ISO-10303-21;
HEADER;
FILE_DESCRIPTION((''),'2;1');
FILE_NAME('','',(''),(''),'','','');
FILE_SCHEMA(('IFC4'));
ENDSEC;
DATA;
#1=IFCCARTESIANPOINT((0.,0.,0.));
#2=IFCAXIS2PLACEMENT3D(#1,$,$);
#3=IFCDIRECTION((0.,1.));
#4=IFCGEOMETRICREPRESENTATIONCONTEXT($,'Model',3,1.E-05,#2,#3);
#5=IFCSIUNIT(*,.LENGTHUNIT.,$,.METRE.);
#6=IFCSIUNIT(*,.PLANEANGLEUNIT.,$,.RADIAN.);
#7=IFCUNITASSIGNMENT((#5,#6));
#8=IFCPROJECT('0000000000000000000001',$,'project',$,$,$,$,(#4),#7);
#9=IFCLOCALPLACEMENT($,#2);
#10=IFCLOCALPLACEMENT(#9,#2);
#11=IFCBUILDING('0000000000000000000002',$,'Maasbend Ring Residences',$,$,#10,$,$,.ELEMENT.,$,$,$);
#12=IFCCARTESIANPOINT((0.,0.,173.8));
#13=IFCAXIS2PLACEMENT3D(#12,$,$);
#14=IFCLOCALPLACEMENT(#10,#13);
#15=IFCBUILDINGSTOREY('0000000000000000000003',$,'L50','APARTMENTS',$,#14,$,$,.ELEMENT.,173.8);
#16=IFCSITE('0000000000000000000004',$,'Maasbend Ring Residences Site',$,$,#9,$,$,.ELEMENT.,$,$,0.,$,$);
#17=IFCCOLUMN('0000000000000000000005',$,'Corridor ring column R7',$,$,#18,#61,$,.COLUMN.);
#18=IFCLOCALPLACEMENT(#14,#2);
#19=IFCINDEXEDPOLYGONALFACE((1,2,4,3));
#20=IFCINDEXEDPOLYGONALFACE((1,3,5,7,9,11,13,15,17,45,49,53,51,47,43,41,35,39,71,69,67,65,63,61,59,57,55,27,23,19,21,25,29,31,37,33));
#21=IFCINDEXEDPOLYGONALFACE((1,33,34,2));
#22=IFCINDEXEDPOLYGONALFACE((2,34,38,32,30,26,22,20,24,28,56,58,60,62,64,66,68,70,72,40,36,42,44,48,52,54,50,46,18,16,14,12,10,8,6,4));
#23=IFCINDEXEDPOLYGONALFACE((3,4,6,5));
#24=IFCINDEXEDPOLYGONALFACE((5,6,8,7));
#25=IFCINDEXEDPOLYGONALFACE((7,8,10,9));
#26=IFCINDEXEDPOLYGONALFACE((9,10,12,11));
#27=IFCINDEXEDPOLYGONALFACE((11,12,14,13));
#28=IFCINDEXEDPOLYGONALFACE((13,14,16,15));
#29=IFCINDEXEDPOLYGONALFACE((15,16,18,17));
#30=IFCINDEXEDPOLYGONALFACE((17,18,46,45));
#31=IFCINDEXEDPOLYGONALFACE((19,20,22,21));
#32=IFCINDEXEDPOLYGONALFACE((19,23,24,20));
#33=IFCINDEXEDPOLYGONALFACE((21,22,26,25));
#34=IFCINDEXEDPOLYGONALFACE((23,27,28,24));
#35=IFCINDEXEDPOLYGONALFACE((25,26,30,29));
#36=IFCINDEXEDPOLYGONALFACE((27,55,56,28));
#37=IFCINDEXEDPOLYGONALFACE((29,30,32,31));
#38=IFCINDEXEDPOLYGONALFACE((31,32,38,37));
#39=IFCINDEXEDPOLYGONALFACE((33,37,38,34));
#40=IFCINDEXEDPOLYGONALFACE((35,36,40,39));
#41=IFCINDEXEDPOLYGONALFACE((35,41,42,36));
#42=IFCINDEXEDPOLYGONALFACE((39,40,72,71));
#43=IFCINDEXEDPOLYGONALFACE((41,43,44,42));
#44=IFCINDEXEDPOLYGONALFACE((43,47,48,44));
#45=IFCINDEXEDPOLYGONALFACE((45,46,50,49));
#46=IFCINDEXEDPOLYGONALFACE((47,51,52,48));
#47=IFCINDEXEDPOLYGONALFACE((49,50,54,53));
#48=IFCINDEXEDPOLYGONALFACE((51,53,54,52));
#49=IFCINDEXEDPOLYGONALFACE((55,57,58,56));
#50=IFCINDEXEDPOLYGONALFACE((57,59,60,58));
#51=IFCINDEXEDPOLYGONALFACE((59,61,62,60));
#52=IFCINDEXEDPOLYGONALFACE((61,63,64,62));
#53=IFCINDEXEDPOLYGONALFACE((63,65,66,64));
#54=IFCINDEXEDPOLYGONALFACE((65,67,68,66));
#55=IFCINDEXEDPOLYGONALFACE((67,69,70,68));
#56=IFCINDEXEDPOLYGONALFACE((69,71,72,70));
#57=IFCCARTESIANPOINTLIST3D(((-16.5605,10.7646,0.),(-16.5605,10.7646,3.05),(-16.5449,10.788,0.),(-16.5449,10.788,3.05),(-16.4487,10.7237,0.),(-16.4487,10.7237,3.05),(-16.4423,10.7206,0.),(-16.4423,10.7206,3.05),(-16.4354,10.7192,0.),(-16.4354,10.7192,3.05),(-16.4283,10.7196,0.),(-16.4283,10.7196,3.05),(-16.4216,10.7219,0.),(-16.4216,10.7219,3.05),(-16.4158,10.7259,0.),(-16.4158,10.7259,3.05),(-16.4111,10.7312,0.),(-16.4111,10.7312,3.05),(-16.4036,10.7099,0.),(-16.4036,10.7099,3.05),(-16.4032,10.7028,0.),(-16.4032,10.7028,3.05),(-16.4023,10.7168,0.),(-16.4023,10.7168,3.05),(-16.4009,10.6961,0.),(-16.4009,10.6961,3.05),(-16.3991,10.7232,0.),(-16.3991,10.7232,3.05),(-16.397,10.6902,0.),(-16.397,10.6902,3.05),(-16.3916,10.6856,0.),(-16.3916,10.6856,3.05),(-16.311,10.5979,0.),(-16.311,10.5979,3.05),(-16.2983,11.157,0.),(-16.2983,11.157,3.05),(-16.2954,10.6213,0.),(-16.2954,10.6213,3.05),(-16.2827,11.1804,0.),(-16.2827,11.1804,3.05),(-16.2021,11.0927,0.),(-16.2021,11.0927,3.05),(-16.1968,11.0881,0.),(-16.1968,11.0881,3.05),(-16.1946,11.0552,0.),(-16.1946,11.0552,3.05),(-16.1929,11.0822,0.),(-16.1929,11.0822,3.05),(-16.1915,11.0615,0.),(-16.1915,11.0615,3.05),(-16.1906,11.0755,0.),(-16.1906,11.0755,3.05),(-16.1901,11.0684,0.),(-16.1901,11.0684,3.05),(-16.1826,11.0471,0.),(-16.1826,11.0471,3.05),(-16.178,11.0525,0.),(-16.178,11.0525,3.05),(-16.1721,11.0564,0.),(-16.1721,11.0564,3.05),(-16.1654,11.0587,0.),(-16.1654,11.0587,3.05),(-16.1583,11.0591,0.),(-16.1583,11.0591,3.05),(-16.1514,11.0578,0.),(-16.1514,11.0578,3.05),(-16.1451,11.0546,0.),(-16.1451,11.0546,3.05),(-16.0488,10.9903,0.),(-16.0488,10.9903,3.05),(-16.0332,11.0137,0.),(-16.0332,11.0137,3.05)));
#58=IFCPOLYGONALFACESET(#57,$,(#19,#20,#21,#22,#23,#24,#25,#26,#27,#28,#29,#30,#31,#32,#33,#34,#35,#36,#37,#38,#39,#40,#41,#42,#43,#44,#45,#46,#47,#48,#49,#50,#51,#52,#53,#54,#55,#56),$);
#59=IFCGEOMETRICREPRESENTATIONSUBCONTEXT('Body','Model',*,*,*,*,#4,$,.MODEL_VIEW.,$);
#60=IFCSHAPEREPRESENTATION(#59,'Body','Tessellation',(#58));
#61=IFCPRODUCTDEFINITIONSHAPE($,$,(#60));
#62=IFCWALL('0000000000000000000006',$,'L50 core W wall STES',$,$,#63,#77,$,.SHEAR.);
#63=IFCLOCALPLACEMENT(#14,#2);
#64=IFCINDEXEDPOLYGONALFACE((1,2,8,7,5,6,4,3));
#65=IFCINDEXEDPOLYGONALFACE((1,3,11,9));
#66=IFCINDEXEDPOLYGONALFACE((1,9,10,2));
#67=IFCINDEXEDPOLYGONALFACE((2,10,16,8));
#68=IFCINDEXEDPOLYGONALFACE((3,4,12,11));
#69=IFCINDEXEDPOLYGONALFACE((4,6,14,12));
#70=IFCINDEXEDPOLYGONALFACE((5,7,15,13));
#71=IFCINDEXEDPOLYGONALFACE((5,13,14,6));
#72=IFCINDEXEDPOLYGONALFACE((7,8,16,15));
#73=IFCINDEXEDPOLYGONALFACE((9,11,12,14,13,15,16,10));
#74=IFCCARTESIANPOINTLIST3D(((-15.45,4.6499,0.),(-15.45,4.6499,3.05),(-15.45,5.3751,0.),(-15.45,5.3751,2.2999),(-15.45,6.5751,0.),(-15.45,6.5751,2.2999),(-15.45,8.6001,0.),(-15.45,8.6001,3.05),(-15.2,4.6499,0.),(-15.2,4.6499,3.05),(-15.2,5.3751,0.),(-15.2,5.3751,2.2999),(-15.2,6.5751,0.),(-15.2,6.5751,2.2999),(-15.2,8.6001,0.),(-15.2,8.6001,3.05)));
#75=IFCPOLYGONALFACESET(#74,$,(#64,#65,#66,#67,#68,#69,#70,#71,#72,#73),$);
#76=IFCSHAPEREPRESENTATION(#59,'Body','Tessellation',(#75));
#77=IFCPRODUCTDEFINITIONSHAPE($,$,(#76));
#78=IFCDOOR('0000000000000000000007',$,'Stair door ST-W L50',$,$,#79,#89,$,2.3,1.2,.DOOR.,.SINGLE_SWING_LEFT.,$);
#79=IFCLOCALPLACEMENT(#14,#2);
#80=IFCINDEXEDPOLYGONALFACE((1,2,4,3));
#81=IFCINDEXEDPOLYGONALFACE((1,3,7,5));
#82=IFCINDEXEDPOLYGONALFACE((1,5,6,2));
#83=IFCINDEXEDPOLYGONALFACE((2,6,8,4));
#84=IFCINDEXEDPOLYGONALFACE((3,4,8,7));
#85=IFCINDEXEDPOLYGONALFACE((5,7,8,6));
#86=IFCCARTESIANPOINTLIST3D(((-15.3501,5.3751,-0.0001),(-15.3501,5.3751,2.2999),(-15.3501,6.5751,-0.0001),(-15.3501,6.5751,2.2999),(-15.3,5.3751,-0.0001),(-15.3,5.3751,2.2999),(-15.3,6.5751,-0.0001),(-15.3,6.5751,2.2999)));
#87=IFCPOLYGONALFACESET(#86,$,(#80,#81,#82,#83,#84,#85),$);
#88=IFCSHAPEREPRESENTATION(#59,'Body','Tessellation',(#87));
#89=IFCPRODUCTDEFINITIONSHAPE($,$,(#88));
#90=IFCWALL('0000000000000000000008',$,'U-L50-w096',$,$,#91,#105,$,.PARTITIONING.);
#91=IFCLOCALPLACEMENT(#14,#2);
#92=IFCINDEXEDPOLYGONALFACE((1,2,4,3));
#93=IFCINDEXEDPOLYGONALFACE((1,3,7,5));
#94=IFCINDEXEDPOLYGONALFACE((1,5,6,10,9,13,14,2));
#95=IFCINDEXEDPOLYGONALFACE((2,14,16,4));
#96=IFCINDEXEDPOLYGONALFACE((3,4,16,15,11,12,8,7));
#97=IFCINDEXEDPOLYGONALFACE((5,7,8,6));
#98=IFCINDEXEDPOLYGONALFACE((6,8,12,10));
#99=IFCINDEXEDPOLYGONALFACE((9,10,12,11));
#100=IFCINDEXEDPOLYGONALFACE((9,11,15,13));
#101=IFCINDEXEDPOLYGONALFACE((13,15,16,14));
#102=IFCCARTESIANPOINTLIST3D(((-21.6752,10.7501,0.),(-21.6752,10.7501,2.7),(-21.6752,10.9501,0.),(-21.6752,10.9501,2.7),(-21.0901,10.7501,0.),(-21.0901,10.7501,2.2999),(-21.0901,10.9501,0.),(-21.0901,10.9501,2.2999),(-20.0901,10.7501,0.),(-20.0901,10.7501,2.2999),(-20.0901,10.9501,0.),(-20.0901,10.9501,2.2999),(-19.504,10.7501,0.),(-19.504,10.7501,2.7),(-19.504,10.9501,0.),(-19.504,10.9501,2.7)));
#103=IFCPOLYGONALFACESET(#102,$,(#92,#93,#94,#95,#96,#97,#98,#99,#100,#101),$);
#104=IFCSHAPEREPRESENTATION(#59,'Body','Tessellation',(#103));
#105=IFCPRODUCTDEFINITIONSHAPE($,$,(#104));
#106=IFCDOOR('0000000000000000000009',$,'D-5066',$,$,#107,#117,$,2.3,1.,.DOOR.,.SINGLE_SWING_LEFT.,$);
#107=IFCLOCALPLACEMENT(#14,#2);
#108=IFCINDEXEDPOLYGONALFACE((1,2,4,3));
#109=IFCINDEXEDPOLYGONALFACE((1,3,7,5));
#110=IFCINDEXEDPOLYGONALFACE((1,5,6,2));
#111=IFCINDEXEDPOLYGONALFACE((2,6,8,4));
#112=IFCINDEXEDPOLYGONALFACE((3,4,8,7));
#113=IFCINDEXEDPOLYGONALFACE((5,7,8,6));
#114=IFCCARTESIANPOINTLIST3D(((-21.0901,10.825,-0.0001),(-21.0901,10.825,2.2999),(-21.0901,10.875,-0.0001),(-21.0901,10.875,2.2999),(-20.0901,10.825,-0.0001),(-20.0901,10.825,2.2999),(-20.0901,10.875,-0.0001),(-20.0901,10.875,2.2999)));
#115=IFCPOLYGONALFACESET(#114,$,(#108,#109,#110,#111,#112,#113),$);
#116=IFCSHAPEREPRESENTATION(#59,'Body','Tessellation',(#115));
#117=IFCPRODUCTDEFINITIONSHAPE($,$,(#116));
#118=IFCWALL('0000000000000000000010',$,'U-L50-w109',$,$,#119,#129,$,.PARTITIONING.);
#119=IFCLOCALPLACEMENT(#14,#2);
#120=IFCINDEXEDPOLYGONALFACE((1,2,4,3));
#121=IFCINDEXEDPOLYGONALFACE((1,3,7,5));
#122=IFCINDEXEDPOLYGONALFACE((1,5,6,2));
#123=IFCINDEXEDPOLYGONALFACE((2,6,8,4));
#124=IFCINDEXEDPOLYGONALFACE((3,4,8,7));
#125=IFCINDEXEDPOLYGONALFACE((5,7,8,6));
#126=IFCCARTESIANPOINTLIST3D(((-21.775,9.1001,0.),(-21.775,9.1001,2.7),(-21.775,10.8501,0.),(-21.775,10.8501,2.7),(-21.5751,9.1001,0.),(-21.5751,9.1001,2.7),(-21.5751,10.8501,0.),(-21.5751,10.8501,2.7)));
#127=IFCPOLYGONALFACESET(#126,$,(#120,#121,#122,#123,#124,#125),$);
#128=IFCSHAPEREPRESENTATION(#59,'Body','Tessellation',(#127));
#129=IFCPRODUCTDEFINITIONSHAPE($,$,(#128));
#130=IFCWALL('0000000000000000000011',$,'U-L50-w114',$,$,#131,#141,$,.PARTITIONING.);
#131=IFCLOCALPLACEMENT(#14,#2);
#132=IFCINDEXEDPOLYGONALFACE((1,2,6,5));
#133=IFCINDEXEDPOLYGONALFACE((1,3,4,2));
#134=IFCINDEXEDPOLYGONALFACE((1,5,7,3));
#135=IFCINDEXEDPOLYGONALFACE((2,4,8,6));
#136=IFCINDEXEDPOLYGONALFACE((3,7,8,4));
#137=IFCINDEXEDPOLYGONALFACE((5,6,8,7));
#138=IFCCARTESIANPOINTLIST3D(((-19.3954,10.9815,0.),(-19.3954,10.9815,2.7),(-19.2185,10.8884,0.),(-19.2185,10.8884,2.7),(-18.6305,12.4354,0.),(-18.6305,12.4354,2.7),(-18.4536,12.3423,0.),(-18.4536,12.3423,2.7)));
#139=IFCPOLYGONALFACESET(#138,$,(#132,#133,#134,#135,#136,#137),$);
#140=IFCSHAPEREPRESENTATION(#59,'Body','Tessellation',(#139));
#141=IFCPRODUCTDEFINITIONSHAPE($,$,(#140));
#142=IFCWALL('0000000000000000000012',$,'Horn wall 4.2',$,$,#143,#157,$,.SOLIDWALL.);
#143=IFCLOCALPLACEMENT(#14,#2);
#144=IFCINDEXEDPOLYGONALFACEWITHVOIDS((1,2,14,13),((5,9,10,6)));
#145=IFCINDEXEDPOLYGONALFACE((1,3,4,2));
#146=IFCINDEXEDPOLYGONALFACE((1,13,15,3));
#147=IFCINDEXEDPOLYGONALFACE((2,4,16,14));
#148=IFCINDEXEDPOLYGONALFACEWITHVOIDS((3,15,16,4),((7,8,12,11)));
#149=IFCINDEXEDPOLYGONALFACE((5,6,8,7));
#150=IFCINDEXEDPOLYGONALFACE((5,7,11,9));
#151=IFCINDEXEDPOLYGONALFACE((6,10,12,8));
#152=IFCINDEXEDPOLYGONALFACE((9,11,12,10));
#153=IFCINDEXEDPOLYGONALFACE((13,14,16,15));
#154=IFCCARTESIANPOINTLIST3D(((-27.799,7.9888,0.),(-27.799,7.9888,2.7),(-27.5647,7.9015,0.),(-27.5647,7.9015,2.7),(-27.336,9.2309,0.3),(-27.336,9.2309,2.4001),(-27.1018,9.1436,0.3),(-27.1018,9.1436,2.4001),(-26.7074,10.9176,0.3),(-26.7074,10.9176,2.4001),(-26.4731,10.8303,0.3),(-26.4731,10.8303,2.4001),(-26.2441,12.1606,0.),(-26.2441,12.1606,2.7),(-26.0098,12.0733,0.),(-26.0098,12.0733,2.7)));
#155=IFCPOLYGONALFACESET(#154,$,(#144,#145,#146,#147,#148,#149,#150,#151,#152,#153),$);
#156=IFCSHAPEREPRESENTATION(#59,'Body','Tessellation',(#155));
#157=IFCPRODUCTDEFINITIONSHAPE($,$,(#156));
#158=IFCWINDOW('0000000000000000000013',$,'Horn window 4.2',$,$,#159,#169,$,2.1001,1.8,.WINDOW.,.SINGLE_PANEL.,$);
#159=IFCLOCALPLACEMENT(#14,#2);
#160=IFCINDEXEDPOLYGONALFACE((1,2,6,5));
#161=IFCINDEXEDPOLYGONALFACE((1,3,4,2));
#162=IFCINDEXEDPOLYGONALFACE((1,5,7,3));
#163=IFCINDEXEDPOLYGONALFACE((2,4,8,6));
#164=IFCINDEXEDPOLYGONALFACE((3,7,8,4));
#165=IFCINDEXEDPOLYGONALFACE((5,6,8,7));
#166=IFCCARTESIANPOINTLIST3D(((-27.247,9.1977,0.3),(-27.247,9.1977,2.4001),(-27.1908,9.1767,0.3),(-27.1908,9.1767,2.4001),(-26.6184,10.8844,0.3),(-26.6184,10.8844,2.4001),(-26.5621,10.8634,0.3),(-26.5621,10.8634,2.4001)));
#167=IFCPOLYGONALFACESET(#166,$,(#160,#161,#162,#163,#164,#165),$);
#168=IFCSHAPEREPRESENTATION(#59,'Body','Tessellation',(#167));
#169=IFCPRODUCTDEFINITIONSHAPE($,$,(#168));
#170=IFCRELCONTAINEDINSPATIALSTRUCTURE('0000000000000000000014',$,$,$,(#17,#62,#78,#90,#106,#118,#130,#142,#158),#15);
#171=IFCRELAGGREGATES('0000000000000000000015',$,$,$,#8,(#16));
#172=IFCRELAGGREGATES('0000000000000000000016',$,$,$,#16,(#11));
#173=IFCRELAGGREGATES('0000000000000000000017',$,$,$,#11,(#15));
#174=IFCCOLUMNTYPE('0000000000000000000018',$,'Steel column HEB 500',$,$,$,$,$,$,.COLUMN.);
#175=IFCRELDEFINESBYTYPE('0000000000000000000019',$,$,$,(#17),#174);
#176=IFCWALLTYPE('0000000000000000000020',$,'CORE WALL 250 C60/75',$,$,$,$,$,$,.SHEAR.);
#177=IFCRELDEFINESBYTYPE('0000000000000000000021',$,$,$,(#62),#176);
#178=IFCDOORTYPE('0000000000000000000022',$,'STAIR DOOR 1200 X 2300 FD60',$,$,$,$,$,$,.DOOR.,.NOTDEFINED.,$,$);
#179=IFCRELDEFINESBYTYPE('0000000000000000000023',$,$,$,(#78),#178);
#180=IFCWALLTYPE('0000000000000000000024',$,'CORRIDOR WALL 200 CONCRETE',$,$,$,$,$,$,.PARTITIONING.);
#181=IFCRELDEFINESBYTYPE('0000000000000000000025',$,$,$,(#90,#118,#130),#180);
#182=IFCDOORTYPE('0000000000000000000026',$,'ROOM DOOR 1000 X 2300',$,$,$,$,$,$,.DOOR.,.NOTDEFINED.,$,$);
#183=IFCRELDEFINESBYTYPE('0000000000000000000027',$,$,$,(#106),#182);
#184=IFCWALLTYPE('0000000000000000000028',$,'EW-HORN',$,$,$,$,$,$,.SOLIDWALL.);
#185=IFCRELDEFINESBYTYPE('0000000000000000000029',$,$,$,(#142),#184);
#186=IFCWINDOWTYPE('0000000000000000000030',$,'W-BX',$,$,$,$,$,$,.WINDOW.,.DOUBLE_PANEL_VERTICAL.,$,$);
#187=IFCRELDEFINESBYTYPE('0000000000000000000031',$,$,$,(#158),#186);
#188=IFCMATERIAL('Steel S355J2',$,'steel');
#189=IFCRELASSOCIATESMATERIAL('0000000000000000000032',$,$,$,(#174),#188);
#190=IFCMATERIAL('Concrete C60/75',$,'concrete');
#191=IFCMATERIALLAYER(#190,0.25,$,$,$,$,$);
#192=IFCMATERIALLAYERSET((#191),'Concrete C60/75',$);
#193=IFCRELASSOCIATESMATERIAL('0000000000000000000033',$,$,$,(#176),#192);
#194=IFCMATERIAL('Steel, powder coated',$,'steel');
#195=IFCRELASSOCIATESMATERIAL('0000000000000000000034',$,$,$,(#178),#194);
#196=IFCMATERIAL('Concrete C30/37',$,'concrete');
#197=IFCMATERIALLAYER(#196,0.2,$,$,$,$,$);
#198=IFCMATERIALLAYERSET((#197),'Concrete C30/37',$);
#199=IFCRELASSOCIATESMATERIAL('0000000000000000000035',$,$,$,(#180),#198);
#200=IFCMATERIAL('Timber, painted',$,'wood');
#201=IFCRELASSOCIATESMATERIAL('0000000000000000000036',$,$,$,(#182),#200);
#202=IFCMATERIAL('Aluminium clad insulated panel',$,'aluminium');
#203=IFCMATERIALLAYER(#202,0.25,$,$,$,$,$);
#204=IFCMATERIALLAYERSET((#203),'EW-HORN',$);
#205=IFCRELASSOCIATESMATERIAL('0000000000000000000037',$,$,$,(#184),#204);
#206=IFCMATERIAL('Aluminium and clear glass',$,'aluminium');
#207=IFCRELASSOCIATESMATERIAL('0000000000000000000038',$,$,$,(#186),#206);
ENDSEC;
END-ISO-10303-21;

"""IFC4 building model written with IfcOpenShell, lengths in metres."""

from ifc_helpers import new_model, si_unit, direction, frame, frame_2d, origin, origin_2d, place, context, subcontext, project, spatial, rectangle, i_section, extrude, material, layer, layer_set, material_profile, profile_set, type_object, element, fill, save


model = new_model("IFC4")

# Units and contexts
model_context = context("Model", 3, precision=1e-05, world=origin(), true_north=direction((0.0, 1.0)))
body_context = subcontext(model_context, "Body", "Model", "MODEL_VIEW")
ifc_project = project(units=[si_unit("LENGTHUNIT", "METRE"), si_unit("PLANEANGLEUNIT", "RADIAN")], contexts=[model_context])

# Site, building, storey
site_placement = place(None, origin())
site = spatial("IfcSite", under=ifc_project, at=site_placement, Name="Maasbend Ring Residences Site", CompositionType="ELEMENT", RefElevation=0.0)
building_placement = place(site_placement, origin())
building = spatial("IfcBuilding", under=site, at=building_placement, Name="Maasbend Ring Residences", CompositionType="ELEMENT")
storey_placement = place(building_placement, frame((0.0, 0.0, 173.8)))
storey = spatial("IfcBuildingStorey", under=building, at=storey_placement, Name="L50", Description="APARTMENTS", CompositionType="ELEMENT", Elevation=173.8)

# Column
ifc_material_1 = material(Name="Steel S355J2", Category="steel")
ifc_material_profile = material_profile(ifc_material_1, i_section(OverallWidth=0.3, OverallDepth=0.5, WebThickness=0.0144, FlangeThickness=0.0281, FilletRadius=0.0271, at=origin_2d()), Name="HEB 500")
ifc_profile_set = profile_set([ifc_material_profile], Name="Steel S355J2")
column_type = type_object("IfcColumnType", Name="Steel column HEB 500", PredefinedType="COLUMN", material=ifc_profile_set)
column_placement = place(storey_placement, frame((-16.2969, 10.8892, 0.0), z_axis=(0.0, 0.0, 1.0), x_axis=(-0.83147, 0.55557, 0.0)))
element("IfcColumn", 1, at=column_placement, inside=storey, type_object=column_type, Name="Corridor ring column R7", PredefinedType="COLUMN", context=body_context, shape_type="SweptSolid", body=[
    extrude(i_section(OverallWidth=0.3, OverallDepth=0.5, WebThickness=0.0144, FlangeThickness=0.0281, FilletRadius=0.0271, at=origin_2d()), origin(), (0.0, 0.0, 1.0), 3.05),
])

# Walls, openings, doors
ifc_material_2 = material(Name="Concrete C60/75", Category="concrete")
ifc_layer_1 = layer(ifc_material_2, 0.25)
ifc_layer_set_1 = layer_set([ifc_layer_1], Name="Concrete C60/75")
wall_type_1 = type_object("IfcWallType", Name="CORE WALL 250 C60/75", PredefinedType="SHEAR", material=ifc_layer_set_1)
wall_1_placement = place(storey_placement, frame((-15.325, 8.6001, 0.0), z_axis=(0.0, 0.0, 1.0), x_axis=(0.0, -1.0, 0.0)))
wall_1 = element("IfcWall", 2, at=wall_1_placement, inside=storey, type_object=wall_type_1, Name="L50 core W wall STES", PredefinedType="SHEAR", context=body_context, shape_type="SweptSolid", body=[
    extrude(rectangle(XDim=3.9502, YDim=0.25, at=frame_2d((1.9751, 0.0))), origin(), (0.0, 0.0, 1.0), 3.05),
])
opening_1_placement = place(wall_1_placement, frame((2.0249, 0.0, 0.0)))
opening_1 = element("IfcOpeningElement", 3, at=opening_1_placement, cuts=wall_1, PredefinedType="OPENING", context=body_context, shape_type="SweptSolid", body=[
    extrude(rectangle(XDim=1.2, YDim=2.3, at=frame_2d((0.6001, 1.1499))), frame((0.0, 0.135, 0.0), z_axis=(0.0, -1.0, 0.0), x_axis=(1.0, 0.0, 0.0)), (0.0, 0.0, 1.0), 0.27),
])
ifc_material_3 = material(Name="Steel, powder coated", Category="steel")
door_type_1 = type_object("IfcDoorType", Name="STAIR DOOR 1200 X 2300 FD60", OperationType="NOTDEFINED", PredefinedType="DOOR", material=ifc_material_3)
door_1_placement = place(opening_1_placement, origin())
door_1 = element("IfcDoor", 4, at=door_1_placement, inside=storey, type_object=door_type_1, Name="Stair door ST-W L50", OperationType="SINGLE_SWING_LEFT", OverallHeight=2.3, OverallWidth=1.2, PredefinedType="DOOR", context=body_context, shape_type="SweptSolid", body=[
    extrude(rectangle(XDim=1.2, YDim=2.3, at=frame_2d((0.6001, 1.1499))), frame((0.0, 0.0249, 0.0), z_axis=(0.0, -1.0, 0.0), x_axis=(1.0, 0.0, 0.0)), (0.0, 0.0, 1.0), 0.05),
])
fill(opening_1, door_1)
ifc_material_4 = material(Name="Concrete C30/37", Category="concrete")
ifc_layer_2 = layer(ifc_material_4, 0.2)
ifc_layer_set_2 = layer_set([ifc_layer_2], Name="Concrete C30/37")
wall_type_2 = type_object("IfcWallType", Name="CORRIDOR WALL 200 CONCRETE", PredefinedType="PARTITIONING", material=ifc_layer_set_2)
wall_2_placement = place(storey_placement, frame((-21.675, 10.8501, 0.0), z_axis=(0.0, 0.0, 1.0), x_axis=(1.0, 0.0, 0.0)))
wall_2 = element("IfcWall", 5, at=wall_2_placement, inside=storey, type_object=wall_type_2, Name="U-L50-w096", PredefinedType="PARTITIONING", context=body_context, shape_type="SweptSolid", body=[
    extrude(rectangle(XDim=2.1711, YDim=0.2, at=frame_2d((1.0854, 0.0))), origin(), (0.0, 0.0, 1.0), 2.7),
])
opening_2_placement = place(wall_2_placement, frame((0.585, 0.0, 0.0)))
opening_2 = element("IfcOpeningElement", 6, at=opening_2_placement, cuts=wall_2, PredefinedType="OPENING", context=body_context, shape_type="SweptSolid", body=[
    extrude(rectangle(XDim=1.0, YDim=2.3, at=frame_2d((0.5, 1.1499))), frame((0.0, 0.1099, 0.0), z_axis=(0.0, -1.0, 0.0), x_axis=(1.0, 0.0, 0.0)), (0.0, 0.0, 1.0), 0.22),
])
ifc_material_5 = material(Name="Timber, painted", Category="wood")
door_type_2 = type_object("IfcDoorType", Name="ROOM DOOR 1000 X 2300", OperationType="NOTDEFINED", PredefinedType="DOOR", material=ifc_material_5)
door_2_placement = place(opening_2_placement, origin())
door_2 = element("IfcDoor", 7, at=door_2_placement, inside=storey, type_object=door_type_2, Name="D-5066", OperationType="SINGLE_SWING_LEFT", OverallHeight=2.3, OverallWidth=1.0, PredefinedType="DOOR", context=body_context, shape_type="SweptSolid", body=[
    extrude(rectangle(XDim=1.0, YDim=2.3, at=frame_2d((0.5, 1.1499))), frame((0.0, 0.0249, 0.0), z_axis=(0.0, -1.0, 0.0), x_axis=(1.0, 0.0, 0.0)), (0.0, 0.0, 1.0), 0.05),
])
fill(opening_2, door_2)

# Walls
wall_3_placement = place(storey_placement, frame((-21.675, 9.1001, 0.0), z_axis=(0.0, 0.0, 1.0), x_axis=(0.0, 1.0, 0.0)))
element("IfcWall", 8, at=wall_3_placement, inside=storey, type_object=wall_type_2, Name="U-L50-w109", PredefinedType="PARTITIONING", context=body_context, shape_type="SweptSolid", body=[
    extrude(rectangle(XDim=1.75, YDim=0.2, at=frame_2d((0.875, 0.0))), origin(), (0.0, 0.0, 1.0), 2.7),
])
wall_4_placement = place(storey_placement, frame((-19.3069, 10.9351, 0.0), z_axis=(0.0, 0.0, 1.0), x_axis=(0.465606, 0.884992, 0.0)))
element("IfcWall", 9, at=wall_4_placement, inside=storey, type_object=wall_type_2, Name="U-L50-w114", PredefinedType="PARTITIONING", context=body_context, shape_type="SweptSolid", body=[
    extrude(rectangle(XDim=1.6428, YDim=0.2, at=frame_2d((0.8213, 0.0))), origin(), (0.0, 0.0, 1.0), 2.7),
])

# Wall, opening, window
ifc_material_6 = material(Name="Aluminium clad insulated panel", Category="aluminium")
ifc_layer_3 = layer(ifc_material_6, 0.25)
ifc_layer_set_3 = layer_set([ifc_layer_3], Name="EW-HORN")
wall_type_3 = type_object("IfcWallType", Name="EW-HORN", PredefinedType="SOLIDWALL", material=ifc_layer_set_3)
wall_5_placement = place(storey_placement, frame((-26.127, 12.1169, 0.0), z_axis=(0.0, 0.0, 1.0), x_axis=(-0.349248, -0.93703, 0.0)))
wall_5 = element("IfcWall", 10, at=wall_5_placement, inside=storey, type_object=wall_type_3, Name="Horn wall 4.2", PredefinedType="SOLIDWALL", context=body_context, shape_type="SweptSolid", body=[
    extrude(rectangle(XDim=4.4521, YDim=0.25, at=frame_2d((2.2261, 0.0))), origin(), (0.0, 0.0, 1.0), 2.7),
])
opening_3_placement = place(wall_5_placement, frame((1.3267, 0.0, 0.3)))
opening_3 = element("IfcOpeningElement", 11, at=opening_3_placement, cuts=wall_5, PredefinedType="OPENING", context=body_context, shape_type="SweptSolid", body=[
    extrude(rectangle(XDim=1.8, YDim=2.1001, at=frame_2d((0.8999, 1.05))), frame((0.0, 0.135, 0.0), z_axis=(0.0, -1.0, 0.0), x_axis=(1.0, 0.0, 0.0)), (0.0, 0.0, 1.0), 0.27),
])
ifc_material_7 = material(Name="Aluminium and clear glass", Category="aluminium")
window_type_1 = type_object("IfcWindowType", Name="W-BX", PartitioningType="DOUBLE_PANEL_VERTICAL", PredefinedType="WINDOW", material=ifc_material_7)
window_1_placement = place(opening_3_placement, origin())
window_1 = element("IfcWindow", 12, at=window_1_placement, inside=storey, type_object=window_type_1, Name="Horn window 4.2", OverallHeight=2.1001, OverallWidth=1.8, PartitioningType="SINGLE_PANEL", PredefinedType="WINDOW", context=body_context, shape_type="SweptSolid", body=[
    extrude(rectangle(XDim=1.8, YDim=2.1001, at=frame_2d((0.8999, 1.05))), frame((0.0, 0.03, 0.0), z_axis=(0.0, -1.0, 0.0), x_axis=(1.0, 0.0, 0.0)), (0.0, 0.0, 1.0), 0.0601),
])
fill(opening_3, window_1)

save(model, "model.ifc")
